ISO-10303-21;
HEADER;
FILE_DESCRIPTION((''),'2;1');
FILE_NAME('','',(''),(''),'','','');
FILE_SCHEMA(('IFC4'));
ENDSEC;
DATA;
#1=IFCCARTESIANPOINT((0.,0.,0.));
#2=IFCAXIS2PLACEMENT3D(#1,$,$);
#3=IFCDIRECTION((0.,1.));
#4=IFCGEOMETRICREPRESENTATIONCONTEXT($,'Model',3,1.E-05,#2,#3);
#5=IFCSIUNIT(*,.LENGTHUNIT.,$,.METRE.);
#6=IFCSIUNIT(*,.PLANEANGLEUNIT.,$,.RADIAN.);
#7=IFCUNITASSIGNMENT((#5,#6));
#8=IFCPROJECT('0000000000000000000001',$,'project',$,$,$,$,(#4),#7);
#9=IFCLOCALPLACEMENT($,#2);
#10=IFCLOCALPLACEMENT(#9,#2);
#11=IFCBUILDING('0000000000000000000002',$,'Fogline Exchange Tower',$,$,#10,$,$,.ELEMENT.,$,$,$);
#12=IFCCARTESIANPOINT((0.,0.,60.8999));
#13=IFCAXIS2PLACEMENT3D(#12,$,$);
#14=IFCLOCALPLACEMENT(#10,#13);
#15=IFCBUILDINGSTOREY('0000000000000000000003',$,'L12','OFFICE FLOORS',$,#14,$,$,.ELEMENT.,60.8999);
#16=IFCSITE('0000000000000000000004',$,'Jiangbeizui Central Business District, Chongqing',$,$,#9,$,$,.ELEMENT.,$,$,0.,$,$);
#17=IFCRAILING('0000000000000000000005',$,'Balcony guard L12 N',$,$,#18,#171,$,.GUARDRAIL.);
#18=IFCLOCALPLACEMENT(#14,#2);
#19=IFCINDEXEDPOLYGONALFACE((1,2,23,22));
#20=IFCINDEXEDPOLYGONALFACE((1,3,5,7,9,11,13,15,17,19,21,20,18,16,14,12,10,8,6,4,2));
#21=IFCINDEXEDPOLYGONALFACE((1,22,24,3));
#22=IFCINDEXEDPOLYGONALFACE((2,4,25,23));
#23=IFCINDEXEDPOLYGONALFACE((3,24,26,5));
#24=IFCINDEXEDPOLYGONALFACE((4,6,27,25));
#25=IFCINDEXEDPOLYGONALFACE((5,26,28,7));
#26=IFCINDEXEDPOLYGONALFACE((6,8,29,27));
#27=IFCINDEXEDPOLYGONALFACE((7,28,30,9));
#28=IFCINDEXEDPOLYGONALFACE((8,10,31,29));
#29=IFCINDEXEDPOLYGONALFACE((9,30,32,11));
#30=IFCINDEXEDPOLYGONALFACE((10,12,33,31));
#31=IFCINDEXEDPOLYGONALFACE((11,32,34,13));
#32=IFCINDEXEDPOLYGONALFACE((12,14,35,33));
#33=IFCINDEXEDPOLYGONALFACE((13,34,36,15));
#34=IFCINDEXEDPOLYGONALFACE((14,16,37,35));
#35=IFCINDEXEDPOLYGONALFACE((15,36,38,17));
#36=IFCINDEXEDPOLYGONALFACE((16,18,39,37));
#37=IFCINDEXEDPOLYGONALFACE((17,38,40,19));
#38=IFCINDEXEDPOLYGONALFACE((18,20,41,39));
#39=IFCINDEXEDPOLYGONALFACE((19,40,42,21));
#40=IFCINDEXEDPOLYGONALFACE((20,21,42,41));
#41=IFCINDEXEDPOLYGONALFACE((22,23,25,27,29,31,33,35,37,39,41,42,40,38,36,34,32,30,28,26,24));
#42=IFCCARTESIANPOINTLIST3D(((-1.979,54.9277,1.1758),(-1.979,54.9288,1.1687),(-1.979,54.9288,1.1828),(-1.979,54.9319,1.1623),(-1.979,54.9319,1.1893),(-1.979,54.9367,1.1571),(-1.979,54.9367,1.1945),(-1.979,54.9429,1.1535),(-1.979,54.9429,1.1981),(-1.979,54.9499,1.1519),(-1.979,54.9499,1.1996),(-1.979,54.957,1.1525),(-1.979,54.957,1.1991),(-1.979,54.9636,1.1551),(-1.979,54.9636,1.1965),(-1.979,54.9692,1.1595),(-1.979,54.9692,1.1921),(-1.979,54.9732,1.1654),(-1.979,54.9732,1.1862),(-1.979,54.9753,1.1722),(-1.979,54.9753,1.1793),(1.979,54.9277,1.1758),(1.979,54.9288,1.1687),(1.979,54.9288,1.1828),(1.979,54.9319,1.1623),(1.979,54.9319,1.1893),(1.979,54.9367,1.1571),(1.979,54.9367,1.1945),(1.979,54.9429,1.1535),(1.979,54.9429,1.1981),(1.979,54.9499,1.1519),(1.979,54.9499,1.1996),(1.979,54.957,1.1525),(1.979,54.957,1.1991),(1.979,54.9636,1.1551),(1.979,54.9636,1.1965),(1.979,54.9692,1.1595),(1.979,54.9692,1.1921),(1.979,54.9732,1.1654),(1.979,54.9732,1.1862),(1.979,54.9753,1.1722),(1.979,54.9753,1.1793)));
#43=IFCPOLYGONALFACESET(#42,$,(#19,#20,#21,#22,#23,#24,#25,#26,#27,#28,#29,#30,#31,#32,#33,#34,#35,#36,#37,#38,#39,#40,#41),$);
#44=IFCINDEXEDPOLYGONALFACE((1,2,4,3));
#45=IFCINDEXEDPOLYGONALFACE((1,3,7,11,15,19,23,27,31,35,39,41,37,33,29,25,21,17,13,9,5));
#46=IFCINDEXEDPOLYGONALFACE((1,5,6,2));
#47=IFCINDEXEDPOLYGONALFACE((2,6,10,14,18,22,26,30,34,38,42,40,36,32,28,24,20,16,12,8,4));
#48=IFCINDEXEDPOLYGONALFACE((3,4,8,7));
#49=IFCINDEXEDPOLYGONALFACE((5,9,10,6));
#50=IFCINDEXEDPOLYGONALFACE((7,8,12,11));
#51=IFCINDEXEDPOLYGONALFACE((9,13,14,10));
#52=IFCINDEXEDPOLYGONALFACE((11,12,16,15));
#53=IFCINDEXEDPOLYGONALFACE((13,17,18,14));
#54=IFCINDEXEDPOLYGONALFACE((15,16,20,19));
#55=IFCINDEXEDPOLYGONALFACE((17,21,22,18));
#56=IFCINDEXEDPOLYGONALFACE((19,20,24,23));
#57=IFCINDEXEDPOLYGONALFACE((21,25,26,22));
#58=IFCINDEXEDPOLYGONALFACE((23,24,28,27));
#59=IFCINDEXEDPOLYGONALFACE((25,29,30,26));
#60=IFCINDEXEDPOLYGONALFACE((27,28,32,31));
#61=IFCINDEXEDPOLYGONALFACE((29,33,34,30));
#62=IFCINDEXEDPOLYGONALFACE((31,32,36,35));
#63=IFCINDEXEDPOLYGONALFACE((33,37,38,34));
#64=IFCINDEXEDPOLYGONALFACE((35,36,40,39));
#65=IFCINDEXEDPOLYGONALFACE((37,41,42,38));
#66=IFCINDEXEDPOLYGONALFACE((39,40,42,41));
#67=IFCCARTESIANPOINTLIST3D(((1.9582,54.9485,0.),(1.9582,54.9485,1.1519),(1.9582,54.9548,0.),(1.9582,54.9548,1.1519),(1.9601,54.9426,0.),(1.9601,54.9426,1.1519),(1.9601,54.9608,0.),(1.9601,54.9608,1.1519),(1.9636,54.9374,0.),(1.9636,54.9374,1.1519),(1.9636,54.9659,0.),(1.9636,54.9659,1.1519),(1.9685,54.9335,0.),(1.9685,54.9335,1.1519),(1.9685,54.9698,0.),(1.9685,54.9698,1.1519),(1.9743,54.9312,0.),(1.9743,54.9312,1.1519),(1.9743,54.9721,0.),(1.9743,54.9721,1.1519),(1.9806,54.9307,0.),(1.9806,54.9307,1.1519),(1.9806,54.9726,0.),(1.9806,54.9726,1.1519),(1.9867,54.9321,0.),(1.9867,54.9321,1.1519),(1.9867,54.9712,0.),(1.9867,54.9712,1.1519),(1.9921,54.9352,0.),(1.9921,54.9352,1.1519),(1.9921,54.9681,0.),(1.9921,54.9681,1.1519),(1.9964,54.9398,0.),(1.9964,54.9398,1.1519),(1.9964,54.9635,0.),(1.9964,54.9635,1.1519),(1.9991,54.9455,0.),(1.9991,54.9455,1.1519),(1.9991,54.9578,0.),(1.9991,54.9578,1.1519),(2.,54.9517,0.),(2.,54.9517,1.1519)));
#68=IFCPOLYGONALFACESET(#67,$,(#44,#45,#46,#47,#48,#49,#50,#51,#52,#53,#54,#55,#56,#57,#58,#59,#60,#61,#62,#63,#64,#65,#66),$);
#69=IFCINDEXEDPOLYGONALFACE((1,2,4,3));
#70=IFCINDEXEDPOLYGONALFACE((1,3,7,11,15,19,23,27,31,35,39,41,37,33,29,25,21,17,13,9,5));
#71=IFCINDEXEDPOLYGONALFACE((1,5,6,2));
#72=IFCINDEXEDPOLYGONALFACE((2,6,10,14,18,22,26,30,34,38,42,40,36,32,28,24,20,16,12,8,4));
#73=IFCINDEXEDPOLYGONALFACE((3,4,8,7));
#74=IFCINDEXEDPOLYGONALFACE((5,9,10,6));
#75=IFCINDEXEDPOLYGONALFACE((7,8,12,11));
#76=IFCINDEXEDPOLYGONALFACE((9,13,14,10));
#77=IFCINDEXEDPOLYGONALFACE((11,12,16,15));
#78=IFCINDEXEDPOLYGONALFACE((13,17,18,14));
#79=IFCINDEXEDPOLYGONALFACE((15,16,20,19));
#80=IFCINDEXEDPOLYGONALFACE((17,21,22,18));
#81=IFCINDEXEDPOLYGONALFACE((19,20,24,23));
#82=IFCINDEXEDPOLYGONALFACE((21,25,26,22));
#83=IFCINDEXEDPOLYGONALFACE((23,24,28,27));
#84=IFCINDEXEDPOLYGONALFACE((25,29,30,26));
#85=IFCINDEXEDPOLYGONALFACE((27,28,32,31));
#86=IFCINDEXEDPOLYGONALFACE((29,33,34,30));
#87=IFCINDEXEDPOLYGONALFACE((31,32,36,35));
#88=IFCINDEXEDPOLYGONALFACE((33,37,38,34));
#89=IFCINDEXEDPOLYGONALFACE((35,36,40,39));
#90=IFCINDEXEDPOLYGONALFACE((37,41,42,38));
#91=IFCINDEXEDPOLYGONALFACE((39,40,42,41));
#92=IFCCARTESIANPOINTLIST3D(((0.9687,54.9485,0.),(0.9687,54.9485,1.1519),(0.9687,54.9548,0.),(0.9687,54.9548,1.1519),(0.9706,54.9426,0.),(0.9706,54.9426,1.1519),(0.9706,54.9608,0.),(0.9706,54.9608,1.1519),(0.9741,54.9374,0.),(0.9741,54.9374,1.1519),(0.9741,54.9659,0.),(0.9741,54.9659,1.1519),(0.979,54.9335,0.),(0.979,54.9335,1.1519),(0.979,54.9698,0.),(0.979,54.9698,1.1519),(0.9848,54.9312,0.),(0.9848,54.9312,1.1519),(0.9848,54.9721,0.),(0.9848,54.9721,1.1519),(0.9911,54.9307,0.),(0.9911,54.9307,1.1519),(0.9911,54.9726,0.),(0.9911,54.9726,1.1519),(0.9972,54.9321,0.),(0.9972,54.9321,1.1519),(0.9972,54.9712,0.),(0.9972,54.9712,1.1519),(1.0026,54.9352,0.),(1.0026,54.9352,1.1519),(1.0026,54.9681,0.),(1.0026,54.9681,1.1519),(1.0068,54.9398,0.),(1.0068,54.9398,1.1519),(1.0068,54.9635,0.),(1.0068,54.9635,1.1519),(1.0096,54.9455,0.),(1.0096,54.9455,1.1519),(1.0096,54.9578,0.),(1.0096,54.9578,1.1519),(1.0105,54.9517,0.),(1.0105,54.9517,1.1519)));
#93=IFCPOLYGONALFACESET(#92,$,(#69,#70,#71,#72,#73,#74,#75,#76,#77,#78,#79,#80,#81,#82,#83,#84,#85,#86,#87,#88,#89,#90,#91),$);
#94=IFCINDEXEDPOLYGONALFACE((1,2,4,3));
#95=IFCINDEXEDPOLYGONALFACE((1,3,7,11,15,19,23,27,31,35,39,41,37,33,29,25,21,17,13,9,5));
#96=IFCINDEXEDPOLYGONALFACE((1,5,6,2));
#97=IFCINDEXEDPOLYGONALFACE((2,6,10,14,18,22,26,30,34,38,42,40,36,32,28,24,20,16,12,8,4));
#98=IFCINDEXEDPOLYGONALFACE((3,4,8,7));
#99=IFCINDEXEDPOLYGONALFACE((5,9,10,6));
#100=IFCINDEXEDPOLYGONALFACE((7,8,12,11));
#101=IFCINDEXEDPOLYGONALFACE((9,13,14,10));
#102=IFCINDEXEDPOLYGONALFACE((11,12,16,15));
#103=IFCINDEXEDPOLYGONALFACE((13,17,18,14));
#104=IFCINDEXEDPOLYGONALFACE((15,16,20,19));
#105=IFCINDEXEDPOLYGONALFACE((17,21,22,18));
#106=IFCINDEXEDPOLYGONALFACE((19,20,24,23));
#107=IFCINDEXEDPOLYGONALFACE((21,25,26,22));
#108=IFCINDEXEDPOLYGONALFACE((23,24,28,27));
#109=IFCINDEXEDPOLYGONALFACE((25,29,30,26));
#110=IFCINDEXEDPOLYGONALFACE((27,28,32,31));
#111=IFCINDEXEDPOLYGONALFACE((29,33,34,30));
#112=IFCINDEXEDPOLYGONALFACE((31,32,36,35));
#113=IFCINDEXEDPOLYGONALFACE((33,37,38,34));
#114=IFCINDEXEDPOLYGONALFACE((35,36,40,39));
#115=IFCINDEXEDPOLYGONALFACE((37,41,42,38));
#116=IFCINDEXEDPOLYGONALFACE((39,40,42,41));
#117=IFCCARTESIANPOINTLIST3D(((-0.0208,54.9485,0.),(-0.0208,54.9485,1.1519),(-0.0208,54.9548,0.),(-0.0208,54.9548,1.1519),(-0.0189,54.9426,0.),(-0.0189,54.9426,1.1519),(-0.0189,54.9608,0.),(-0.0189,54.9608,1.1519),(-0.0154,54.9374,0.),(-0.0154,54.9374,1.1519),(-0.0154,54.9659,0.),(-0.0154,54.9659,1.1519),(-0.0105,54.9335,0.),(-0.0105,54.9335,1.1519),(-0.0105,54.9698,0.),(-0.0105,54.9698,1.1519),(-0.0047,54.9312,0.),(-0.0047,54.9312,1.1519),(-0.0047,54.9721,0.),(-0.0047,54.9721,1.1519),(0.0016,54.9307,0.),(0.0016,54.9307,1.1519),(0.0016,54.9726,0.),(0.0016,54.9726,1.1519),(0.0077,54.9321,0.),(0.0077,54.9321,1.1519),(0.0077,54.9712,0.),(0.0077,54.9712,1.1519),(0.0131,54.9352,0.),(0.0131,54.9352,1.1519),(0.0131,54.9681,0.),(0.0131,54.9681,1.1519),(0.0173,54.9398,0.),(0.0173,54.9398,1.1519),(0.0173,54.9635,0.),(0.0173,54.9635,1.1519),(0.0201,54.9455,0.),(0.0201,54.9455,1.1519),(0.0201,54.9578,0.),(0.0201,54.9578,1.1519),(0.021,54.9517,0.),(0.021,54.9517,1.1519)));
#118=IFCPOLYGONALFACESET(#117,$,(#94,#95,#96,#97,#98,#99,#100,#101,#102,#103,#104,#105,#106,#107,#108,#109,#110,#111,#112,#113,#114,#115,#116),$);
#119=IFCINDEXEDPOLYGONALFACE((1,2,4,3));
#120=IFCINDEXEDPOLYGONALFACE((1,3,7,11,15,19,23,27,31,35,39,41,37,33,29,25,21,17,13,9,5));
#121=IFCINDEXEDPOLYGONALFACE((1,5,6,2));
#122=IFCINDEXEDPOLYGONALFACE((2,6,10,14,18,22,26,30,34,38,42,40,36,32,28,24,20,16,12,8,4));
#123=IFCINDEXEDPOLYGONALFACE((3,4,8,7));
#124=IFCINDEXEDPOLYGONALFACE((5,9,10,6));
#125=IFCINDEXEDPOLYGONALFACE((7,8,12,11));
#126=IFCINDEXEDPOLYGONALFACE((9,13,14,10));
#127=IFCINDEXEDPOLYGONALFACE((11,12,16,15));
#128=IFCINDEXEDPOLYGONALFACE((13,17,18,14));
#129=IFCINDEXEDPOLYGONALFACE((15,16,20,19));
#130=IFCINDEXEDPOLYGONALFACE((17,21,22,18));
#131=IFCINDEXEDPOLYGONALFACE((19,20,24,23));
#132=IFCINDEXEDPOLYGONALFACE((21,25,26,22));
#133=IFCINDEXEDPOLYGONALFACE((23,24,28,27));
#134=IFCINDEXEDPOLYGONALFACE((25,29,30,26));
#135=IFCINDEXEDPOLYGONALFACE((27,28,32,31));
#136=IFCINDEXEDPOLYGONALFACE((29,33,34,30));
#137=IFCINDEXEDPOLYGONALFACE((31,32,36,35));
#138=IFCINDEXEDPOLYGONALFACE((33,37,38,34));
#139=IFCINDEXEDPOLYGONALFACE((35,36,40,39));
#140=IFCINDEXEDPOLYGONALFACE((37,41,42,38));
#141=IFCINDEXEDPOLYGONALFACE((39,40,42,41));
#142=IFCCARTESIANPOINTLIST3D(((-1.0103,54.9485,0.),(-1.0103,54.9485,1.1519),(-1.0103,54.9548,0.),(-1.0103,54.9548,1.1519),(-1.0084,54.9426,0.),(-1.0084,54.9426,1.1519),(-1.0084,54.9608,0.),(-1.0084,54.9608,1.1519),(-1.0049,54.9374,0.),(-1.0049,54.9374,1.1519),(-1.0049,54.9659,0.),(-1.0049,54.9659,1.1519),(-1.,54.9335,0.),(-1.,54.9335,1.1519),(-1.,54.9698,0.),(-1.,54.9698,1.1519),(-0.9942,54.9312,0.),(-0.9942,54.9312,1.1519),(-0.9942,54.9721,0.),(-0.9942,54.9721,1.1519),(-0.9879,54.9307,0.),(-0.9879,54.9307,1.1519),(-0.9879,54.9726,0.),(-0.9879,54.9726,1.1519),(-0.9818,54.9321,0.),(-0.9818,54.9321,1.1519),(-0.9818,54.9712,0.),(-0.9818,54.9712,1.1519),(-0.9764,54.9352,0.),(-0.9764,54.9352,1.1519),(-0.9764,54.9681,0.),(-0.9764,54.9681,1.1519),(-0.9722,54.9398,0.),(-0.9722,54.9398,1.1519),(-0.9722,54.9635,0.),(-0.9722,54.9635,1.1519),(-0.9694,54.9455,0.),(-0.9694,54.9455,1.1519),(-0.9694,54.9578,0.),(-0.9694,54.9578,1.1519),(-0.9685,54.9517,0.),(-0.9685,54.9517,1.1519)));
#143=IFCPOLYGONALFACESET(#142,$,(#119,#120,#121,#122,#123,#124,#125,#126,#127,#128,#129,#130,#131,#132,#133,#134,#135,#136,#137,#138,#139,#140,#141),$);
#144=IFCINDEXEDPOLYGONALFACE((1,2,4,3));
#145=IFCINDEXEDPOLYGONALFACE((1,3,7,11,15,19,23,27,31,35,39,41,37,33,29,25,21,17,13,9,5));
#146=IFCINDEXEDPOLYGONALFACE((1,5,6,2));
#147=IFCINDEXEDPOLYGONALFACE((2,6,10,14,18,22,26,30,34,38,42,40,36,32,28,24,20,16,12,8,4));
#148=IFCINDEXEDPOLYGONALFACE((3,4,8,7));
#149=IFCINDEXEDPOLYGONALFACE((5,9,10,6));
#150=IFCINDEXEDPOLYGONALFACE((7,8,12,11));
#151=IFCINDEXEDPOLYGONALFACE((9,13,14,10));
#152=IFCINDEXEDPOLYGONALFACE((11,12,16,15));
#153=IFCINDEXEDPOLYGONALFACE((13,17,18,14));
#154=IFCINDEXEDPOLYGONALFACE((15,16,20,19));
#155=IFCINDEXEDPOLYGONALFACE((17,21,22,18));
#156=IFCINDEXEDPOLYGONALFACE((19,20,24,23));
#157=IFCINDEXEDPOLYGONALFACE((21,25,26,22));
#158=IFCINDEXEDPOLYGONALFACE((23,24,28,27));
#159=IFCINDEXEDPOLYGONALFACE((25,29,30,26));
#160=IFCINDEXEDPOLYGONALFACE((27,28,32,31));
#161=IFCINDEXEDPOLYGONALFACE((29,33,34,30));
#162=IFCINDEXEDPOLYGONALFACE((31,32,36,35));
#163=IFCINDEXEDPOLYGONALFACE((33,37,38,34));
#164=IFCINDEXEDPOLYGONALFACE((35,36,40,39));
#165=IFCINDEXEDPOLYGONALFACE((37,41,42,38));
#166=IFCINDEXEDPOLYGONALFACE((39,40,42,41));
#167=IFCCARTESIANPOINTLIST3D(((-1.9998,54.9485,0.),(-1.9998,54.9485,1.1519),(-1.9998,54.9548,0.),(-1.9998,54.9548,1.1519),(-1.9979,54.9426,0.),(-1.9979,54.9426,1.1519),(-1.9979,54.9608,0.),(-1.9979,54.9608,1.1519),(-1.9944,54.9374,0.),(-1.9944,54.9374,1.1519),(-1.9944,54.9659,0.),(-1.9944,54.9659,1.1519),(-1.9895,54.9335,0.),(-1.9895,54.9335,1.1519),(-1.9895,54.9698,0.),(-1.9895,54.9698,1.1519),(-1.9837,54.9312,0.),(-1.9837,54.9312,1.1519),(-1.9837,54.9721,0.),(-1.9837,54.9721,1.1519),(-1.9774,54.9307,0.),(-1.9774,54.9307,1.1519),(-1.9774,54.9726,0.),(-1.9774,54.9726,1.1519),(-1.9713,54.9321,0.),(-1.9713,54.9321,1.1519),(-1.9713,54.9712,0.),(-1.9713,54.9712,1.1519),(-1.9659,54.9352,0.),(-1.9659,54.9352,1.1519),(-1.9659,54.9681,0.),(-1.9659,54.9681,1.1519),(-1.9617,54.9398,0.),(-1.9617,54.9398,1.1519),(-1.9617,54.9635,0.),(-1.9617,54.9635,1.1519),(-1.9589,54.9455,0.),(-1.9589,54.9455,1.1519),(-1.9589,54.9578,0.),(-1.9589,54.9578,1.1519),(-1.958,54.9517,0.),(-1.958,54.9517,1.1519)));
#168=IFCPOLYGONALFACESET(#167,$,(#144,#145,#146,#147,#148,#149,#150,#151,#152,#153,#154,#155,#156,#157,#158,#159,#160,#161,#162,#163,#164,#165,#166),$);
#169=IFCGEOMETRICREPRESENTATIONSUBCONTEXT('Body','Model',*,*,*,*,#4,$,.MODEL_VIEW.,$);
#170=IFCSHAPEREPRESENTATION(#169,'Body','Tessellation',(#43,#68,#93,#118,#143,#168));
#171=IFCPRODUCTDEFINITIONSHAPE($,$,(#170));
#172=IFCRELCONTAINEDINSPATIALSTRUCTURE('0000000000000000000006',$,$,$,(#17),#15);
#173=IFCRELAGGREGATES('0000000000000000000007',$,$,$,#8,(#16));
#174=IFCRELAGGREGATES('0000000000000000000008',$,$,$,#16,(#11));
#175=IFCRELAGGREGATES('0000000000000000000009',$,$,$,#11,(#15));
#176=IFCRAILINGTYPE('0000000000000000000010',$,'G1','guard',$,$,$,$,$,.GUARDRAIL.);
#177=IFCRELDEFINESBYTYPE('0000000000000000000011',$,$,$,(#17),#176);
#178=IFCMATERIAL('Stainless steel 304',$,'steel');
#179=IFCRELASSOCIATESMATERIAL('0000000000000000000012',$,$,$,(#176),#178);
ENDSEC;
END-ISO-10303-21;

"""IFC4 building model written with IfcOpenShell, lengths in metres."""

from ifc_helpers import new_model, si_unit, direction, frame, origin, origin_2d, place, context, subcontext, project, spatial, circle, extrude, material, type_object, element, save


model = new_model("IFC4")

# Units and contexts
model_context = context("Model", 3, precision=1e-05, world=origin(), true_north=direction((0.0, 1.0)))
body_context = subcontext(model_context, "Body", "Model", "MODEL_VIEW")
ifc_project = project(units=[si_unit("LENGTHUNIT", "METRE"), si_unit("PLANEANGLEUNIT", "RADIAN")], contexts=[model_context])

# Site, building, storey
site_placement = place(None, origin())
site = spatial("IfcSite", under=ifc_project, at=site_placement, Name="Jiangbeizui Central Business District, Chongqing", CompositionType="ELEMENT", RefElevation=0.0)
building_placement = place(site_placement, origin())
building = spatial("IfcBuilding", under=site, at=building_placement, Name="Fogline Exchange Tower", CompositionType="ELEMENT")
storey_placement = place(building_placement, frame((0.0, 0.0, 60.8999)))
storey = spatial("IfcBuildingStorey", under=building, at=storey_placement, Name="L12", Description="OFFICE FLOORS", CompositionType="ELEMENT", Elevation=60.8999)

# Railing
ifc_material_1 = material(Name="Stainless steel 304", Category="steel")
railing_type = type_object("IfcRailingType", Name="G1", Description="guard", PredefinedType="GUARDRAIL", material=ifc_material_1)
railing_placement = place(storey_placement, frame((1.979, 54.9517, 0.0)))
element("IfcRailing", 1, at=railing_placement, inside=storey, type_object=railing_type, Name="Balcony guard L12 N", PredefinedType="GUARDRAIL", context=body_context, shape_type="SweptSolid", body=[
    extrude(circle(Radius=0.0239, at=origin_2d()), frame((0.0, 0.0, 1.1758), z_axis=(-1.0, 0.0, 0.0), x_axis=(0.0, -1.0, 0.0)), (0.0, 0.0, 1.0), 3.958),
    extrude(circle(Radius=0.021, at=origin_2d()), origin(), (0.0, 0.0, 1.0), 1.1519),
    extrude(circle(Radius=0.021, at=origin_2d()), frame((-0.9895, 0.0, 0.0)), (0.0, 0.0, 1.0), 1.1519),
    extrude(circle(Radius=0.021, at=origin_2d()), frame((-1.979, 0.0, 0.0)), (0.0, 0.0, 1.0), 1.1519),
    extrude(circle(Radius=0.021, at=origin_2d()), frame((-2.9685, 0.0, 0.0)), (0.0, 0.0, 1.0), 1.1519),
    extrude(circle(Radius=0.021, at=origin_2d()), frame((-3.958, 0.0, 0.0)), (0.0, 0.0, 1.0), 1.1519),
])

save(model, "model.ifc")
